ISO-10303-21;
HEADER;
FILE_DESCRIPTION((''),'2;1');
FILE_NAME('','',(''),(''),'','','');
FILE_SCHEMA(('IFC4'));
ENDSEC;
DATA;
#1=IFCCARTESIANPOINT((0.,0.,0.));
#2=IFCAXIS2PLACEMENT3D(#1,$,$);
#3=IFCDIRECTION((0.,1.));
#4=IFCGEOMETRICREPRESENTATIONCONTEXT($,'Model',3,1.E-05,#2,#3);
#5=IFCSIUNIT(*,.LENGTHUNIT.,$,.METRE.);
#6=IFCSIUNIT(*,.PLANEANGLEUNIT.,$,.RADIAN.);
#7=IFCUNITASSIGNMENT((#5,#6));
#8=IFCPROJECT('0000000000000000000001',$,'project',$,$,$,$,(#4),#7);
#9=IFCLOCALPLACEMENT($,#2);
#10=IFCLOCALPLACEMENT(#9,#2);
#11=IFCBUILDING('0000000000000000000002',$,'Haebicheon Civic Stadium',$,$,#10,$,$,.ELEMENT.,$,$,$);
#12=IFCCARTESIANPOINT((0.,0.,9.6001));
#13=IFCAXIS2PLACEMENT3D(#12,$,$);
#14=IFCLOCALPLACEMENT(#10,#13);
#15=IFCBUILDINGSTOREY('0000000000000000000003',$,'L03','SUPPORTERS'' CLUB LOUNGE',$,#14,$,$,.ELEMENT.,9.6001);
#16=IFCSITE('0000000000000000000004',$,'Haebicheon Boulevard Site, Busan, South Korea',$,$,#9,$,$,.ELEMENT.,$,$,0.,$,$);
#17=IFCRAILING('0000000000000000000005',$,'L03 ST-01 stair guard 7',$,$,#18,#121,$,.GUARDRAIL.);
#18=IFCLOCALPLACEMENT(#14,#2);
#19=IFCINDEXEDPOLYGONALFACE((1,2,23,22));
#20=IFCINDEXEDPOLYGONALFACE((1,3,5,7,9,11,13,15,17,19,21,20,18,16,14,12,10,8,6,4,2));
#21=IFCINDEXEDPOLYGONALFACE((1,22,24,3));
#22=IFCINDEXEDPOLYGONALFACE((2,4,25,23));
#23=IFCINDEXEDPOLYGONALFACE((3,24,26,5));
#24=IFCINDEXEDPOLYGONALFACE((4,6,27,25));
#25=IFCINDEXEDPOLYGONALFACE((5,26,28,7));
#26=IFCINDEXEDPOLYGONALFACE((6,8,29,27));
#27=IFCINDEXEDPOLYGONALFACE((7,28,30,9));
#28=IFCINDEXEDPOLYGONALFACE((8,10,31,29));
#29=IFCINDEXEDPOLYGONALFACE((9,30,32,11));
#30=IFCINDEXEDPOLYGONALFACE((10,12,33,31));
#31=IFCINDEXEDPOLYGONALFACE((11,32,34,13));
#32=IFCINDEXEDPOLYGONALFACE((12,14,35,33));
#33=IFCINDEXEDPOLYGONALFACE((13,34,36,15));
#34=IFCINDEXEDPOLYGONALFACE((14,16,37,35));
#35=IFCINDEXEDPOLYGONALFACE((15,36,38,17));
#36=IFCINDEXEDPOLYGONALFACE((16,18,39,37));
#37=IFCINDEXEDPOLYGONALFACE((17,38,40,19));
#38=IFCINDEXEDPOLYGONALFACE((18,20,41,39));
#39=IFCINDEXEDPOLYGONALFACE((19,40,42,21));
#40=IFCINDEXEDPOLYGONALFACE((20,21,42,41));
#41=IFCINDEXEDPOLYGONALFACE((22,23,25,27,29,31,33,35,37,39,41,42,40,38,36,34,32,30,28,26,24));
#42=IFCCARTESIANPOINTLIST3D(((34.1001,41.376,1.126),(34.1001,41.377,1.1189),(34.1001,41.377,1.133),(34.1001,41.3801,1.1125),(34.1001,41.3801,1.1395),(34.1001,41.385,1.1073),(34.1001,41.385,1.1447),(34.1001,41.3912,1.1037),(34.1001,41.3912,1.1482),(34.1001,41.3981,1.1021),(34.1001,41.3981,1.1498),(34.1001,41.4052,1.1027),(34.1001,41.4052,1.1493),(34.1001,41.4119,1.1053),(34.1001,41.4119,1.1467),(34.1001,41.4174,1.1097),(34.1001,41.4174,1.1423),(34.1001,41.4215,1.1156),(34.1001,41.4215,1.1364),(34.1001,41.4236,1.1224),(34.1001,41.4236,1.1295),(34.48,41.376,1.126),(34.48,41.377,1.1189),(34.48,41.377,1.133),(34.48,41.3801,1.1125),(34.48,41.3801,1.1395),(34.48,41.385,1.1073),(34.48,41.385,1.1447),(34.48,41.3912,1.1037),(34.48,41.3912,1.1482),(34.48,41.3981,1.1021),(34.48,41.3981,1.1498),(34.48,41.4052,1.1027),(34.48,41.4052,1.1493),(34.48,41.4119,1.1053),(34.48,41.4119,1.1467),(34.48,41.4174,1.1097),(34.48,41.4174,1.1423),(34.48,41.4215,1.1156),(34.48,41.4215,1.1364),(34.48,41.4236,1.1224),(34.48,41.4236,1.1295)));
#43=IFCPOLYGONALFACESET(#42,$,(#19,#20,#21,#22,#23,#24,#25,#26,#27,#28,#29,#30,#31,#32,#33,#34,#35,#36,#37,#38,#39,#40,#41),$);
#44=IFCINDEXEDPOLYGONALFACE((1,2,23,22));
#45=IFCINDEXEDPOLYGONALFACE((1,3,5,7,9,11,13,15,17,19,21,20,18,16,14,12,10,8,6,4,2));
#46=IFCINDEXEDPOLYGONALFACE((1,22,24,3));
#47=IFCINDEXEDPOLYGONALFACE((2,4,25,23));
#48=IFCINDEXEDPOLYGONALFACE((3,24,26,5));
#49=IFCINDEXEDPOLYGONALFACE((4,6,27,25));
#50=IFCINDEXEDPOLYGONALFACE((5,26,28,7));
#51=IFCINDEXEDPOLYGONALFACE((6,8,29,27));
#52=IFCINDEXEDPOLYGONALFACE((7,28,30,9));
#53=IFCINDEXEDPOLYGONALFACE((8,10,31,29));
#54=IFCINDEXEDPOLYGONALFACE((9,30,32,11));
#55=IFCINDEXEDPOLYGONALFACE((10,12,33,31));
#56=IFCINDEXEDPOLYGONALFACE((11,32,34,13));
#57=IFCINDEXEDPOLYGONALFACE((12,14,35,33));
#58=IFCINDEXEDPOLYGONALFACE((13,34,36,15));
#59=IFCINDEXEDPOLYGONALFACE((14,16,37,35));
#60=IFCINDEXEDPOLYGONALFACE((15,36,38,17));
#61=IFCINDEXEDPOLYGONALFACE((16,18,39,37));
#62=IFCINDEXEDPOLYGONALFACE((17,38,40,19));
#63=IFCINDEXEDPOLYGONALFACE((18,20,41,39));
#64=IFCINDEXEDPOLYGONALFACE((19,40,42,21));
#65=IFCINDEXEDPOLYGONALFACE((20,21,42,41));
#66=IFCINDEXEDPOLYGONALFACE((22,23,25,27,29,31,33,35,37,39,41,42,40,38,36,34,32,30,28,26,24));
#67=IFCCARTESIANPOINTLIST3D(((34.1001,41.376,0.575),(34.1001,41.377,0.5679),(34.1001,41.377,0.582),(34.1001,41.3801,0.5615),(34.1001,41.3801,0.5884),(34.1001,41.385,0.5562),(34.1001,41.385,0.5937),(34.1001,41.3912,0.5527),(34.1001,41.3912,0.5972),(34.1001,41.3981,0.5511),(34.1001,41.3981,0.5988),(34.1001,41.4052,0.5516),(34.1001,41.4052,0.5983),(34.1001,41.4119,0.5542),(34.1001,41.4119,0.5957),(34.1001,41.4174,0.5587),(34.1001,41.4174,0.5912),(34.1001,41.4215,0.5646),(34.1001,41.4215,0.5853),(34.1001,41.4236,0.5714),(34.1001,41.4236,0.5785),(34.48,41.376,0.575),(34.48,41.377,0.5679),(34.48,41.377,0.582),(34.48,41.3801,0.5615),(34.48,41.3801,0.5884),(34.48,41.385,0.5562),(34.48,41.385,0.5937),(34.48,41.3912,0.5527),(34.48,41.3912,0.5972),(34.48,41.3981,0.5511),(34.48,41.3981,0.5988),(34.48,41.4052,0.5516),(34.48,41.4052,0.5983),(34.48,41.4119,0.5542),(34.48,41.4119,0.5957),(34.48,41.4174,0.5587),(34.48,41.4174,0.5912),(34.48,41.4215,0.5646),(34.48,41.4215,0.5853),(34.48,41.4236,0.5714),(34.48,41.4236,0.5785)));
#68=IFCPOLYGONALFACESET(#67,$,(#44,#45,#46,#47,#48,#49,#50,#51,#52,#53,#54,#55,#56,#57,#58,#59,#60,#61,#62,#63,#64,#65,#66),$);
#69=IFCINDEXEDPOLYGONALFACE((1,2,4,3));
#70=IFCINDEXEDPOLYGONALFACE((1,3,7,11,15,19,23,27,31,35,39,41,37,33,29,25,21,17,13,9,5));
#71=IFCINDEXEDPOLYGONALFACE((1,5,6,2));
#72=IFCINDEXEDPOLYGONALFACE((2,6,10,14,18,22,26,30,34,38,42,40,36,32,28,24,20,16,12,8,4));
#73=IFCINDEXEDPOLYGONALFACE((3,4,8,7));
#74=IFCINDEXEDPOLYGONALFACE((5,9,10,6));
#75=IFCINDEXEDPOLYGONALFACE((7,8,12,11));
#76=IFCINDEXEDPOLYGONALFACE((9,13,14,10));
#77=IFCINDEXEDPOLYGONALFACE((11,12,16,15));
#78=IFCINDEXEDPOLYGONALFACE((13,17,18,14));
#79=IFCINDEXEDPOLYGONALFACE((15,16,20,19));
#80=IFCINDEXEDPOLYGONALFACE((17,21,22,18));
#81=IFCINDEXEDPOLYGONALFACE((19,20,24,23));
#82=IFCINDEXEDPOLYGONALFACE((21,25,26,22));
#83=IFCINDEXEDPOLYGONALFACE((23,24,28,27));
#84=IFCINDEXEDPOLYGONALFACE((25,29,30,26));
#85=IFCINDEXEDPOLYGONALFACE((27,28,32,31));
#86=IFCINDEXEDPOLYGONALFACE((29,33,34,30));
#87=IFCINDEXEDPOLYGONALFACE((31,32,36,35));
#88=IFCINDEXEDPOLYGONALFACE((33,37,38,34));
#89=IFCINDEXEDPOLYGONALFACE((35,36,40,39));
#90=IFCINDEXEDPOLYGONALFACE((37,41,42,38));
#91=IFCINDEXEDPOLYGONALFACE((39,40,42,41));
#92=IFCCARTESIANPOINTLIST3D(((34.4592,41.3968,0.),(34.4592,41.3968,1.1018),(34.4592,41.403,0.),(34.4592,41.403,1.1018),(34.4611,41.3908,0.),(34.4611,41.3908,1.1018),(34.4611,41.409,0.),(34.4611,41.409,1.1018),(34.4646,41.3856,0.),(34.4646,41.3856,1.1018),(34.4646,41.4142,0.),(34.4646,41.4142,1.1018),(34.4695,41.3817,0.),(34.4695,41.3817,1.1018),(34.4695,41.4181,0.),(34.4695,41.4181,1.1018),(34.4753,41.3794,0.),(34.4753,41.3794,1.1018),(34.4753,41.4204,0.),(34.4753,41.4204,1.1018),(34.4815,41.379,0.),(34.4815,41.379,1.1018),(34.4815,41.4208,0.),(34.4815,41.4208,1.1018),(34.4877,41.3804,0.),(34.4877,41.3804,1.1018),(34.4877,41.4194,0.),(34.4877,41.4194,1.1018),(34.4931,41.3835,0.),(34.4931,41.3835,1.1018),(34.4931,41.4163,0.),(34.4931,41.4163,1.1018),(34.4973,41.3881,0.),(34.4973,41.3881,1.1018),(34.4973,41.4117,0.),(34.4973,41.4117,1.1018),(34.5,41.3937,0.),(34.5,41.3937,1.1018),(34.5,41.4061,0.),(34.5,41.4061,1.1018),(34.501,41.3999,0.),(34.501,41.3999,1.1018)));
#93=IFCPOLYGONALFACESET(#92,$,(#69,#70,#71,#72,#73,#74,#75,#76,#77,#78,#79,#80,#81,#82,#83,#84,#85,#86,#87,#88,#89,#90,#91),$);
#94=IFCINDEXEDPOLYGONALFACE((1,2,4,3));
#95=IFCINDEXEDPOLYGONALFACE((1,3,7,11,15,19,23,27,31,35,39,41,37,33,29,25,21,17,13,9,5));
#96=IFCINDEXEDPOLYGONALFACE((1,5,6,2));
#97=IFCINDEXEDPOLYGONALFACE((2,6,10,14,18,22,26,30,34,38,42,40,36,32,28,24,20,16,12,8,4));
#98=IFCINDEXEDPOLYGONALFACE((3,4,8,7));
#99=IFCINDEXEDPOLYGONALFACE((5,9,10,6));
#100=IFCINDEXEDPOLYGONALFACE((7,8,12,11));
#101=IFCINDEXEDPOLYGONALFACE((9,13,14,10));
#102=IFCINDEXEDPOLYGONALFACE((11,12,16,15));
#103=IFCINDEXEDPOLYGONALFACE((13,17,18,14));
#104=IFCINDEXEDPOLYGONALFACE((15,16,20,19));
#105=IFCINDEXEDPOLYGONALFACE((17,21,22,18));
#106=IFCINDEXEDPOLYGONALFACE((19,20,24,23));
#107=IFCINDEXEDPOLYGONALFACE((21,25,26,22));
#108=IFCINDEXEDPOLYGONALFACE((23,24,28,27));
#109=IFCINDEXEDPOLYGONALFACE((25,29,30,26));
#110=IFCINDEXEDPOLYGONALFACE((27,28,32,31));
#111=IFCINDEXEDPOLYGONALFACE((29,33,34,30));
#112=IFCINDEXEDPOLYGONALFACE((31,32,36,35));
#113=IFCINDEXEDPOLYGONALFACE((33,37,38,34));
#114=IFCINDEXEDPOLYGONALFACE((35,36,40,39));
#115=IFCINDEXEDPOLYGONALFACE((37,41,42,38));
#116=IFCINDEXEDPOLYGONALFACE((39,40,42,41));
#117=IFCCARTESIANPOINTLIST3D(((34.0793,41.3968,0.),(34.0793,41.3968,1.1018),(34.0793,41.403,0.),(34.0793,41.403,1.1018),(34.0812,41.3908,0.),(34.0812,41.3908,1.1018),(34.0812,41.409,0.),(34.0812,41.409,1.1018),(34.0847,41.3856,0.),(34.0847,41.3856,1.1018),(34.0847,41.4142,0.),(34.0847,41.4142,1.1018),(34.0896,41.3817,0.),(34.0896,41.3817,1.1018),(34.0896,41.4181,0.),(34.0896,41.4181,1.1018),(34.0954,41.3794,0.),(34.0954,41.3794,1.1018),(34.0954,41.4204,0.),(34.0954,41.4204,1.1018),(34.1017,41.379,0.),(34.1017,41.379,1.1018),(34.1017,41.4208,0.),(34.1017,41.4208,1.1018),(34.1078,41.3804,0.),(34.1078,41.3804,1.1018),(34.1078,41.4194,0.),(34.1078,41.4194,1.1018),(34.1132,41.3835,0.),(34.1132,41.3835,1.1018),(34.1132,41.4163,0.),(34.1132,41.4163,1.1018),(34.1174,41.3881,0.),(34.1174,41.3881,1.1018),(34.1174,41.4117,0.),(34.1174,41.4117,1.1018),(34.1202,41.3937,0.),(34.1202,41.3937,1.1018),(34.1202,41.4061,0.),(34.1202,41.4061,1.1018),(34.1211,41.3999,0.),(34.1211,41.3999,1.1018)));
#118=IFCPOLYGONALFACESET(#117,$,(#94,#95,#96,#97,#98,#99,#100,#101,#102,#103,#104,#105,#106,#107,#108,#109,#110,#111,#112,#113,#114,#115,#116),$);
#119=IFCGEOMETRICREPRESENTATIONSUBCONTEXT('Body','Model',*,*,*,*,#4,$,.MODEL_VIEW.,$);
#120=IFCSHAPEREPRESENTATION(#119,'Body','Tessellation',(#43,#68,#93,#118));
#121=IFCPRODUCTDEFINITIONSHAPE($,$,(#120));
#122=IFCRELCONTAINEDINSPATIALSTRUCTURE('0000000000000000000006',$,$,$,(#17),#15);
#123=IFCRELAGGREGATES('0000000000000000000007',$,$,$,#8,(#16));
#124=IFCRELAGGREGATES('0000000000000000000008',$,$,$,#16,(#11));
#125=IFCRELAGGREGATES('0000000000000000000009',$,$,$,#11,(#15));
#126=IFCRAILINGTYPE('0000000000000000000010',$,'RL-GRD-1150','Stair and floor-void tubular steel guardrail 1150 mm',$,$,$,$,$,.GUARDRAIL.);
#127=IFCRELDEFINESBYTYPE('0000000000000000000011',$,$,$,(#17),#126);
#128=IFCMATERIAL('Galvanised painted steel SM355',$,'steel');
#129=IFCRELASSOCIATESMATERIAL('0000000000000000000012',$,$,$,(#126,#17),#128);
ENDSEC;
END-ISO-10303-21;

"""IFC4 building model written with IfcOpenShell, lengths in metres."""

from ifc_helpers import new_model, si_unit, direction, frame, origin, origin_2d, place, context, subcontext, project, spatial, circle, extrude, material, type_object, element, save


model = new_model("IFC4")

# Units and contexts
model_context = context("Model", 3, precision=1e-05, world=origin(), true_north=direction((0.0, 1.0)))
body_context = subcontext(model_context, "Body", "Model", "MODEL_VIEW")
ifc_project = project(units=[si_unit("LENGTHUNIT", "METRE"), si_unit("PLANEANGLEUNIT", "RADIAN")], contexts=[model_context])

# Site, building, storey
site_placement = place(None, origin())
site = spatial("IfcSite", under=ifc_project, at=site_placement, Name="Haebicheon Boulevard Site, Busan, South Korea", CompositionType="ELEMENT", RefElevation=0.0)
building_placement = place(site_placement, origin())
building = spatial("IfcBuilding", under=site, at=building_placement, Name="Haebicheon Civic Stadium", CompositionType="ELEMENT")
storey_placement = place(building_placement, frame((0.0, 0.0, 9.6001)))
storey = spatial("IfcBuildingStorey", under=building, at=storey_placement, Name="L03", Description="SUPPORTERS' CLUB LOUNGE", CompositionType="ELEMENT", Elevation=9.6001)

# Railing
ifc_material_1 = material(Name="Galvanised painted steel SM355", Category="steel")
railing_type_1 = type_object("IfcRailingType", Name="RL-GRD-1150", Description="Stair and floor-void tubular steel guardrail 1150 mm", PredefinedType="GUARDRAIL", material=ifc_material_1)
railing_1_placement = place(storey_placement, frame((34.48, 41.3999, 0.0)))
element("IfcRailing", 1, at=railing_1_placement, inside=storey, type_object=railing_type_1, material=ifc_material_1, Name="L03 ST-01 stair guard 7", PredefinedType="GUARDRAIL", context=body_context, shape_type="SweptSolid", body=[
    extrude(circle(Radius=0.0239, at=origin_2d()), frame((0.0, 0.0, 1.126), z_axis=(-1.0, 0.0, 0.0), x_axis=(0.0, -1.0, 0.0)), (0.0, 0.0, 1.0), 0.3799),
    extrude(circle(Radius=0.0239, at=origin_2d()), frame((0.0, 0.0, 0.575), z_axis=(-1.0, 0.0, 0.0), x_axis=(0.0, -1.0, 0.0)), (0.0, 0.0, 1.0), 0.3799),
    extrude(circle(Radius=0.021, at=origin_2d()), origin(), (0.0, 0.0, 1.0), 1.1018),
    extrude(circle(Radius=0.021, at=origin_2d()), frame((-0.3799, 0.0, 0.0)), (0.0, 0.0, 1.0), 1.1018),
])

save(model, "model.ifc")
